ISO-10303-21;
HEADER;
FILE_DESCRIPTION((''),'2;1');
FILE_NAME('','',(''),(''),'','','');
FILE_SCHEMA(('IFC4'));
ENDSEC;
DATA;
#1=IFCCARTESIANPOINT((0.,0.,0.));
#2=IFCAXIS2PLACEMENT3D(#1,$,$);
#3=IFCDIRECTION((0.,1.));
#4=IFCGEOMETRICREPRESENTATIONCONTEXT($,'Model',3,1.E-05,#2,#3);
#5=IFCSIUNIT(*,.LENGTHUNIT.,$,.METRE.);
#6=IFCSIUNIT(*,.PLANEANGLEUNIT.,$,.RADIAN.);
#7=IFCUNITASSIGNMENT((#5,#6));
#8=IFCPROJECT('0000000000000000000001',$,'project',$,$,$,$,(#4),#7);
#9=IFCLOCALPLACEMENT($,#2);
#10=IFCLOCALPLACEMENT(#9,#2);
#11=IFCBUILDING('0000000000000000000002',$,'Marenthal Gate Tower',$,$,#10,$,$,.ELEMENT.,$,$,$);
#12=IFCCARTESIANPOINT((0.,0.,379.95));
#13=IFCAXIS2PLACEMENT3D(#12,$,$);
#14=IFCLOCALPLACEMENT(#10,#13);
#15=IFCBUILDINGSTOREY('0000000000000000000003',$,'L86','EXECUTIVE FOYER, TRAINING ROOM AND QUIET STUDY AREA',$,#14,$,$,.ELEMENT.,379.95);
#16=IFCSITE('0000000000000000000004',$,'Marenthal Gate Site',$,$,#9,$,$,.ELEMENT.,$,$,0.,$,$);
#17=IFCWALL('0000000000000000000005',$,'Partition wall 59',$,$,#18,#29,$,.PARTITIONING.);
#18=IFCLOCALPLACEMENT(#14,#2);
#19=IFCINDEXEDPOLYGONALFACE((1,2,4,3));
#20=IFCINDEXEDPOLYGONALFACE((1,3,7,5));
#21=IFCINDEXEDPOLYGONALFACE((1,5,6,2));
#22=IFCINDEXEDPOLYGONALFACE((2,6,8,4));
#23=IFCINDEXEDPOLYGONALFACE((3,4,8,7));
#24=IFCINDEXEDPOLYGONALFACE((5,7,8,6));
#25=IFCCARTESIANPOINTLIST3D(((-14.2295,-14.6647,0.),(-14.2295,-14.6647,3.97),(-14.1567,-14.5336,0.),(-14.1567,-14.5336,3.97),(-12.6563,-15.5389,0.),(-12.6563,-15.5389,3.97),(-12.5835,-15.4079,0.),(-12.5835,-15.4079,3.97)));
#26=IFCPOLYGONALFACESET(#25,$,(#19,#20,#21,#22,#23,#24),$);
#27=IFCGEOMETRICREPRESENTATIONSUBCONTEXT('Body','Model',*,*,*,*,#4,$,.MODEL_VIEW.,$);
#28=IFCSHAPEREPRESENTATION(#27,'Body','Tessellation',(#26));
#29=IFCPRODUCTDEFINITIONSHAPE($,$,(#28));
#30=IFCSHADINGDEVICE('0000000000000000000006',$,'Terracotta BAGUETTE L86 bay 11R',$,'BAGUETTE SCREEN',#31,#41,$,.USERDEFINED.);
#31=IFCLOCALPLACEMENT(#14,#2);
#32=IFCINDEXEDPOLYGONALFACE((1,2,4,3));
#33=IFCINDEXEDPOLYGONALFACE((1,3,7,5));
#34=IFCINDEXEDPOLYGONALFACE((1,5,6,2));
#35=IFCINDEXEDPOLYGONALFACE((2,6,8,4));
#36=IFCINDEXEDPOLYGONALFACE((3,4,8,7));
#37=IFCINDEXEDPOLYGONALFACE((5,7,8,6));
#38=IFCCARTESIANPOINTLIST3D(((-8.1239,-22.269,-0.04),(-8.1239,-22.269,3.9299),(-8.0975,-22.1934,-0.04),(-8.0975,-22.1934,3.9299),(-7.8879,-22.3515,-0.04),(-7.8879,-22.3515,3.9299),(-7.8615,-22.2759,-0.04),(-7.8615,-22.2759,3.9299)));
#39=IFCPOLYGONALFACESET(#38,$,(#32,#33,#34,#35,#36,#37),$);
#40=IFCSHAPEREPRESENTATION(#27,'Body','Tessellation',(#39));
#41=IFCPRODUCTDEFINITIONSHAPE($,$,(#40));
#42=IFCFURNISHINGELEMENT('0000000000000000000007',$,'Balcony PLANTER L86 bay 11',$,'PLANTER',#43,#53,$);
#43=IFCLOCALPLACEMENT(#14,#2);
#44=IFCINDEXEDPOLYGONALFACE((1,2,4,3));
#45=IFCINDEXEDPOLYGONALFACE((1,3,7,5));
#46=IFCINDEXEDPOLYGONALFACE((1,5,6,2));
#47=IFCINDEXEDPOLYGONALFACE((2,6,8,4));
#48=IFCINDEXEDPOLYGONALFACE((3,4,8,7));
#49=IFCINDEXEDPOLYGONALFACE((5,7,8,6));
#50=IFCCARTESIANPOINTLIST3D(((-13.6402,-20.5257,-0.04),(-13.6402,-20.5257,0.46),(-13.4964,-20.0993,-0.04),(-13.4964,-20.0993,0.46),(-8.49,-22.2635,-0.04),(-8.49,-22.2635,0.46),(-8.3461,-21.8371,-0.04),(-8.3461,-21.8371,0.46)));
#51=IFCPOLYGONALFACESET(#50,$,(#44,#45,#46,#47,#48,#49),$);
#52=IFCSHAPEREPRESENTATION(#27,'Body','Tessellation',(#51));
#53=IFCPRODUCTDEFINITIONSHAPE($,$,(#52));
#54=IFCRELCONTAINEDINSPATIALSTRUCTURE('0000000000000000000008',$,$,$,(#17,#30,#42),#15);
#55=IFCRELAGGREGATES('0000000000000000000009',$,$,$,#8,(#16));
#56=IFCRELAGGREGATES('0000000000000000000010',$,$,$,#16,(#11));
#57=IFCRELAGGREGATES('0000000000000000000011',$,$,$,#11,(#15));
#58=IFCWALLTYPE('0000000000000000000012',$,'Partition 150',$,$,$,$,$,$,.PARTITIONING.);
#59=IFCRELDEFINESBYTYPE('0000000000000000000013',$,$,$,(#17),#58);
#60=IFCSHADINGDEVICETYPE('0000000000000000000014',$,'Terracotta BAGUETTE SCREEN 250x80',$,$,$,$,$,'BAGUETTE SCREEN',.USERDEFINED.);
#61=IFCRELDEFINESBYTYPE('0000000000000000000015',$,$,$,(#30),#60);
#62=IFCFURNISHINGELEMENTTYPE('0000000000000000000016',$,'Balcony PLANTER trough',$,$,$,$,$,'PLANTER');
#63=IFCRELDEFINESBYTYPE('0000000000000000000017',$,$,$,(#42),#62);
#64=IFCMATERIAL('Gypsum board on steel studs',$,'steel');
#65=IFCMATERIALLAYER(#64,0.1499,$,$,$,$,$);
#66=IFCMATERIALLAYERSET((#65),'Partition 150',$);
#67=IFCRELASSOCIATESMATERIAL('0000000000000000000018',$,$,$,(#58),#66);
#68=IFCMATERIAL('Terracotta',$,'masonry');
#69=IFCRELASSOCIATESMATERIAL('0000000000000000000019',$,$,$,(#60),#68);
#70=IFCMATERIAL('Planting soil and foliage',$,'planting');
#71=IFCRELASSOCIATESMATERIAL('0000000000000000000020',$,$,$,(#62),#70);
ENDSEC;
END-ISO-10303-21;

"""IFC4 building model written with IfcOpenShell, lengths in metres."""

from ifc_helpers import new_model, si_unit, direction, frame, frame_2d, origin, origin_2d, place, context, subcontext, project, spatial, rectangle, extrude, material, layer, layer_set, material_profile, profile_set, type_object, element, save


model = new_model("IFC4")

# Units and contexts
model_context = context("Model", 3, precision=1e-05, world=origin(), true_north=direction((0.0, 1.0)))
body_context = subcontext(model_context, "Body", "Model", "MODEL_VIEW")
ifc_project = project(units=[si_unit("LENGTHUNIT", "METRE"), si_unit("PLANEANGLEUNIT", "RADIAN")], contexts=[model_context])

# Site, building, storey
site_placement = place(None, origin())
site = spatial("IfcSite", under=ifc_project, at=site_placement, Name="Marenthal Gate Site", CompositionType="ELEMENT", RefElevation=0.0)
building_placement = place(site_placement, origin())
building = spatial("IfcBuilding", under=site, at=building_placement, Name="Marenthal Gate Tower", CompositionType="ELEMENT")
storey_placement = place(building_placement, frame((0.0, 0.0, 379.95)))
storey = spatial("IfcBuildingStorey", under=building, at=storey_placement, Name="L86", Description="EXECUTIVE FOYER, TRAINING ROOM AND QUIET STUDY AREA", CompositionType="ELEMENT", Elevation=379.95)

# Wall
ifc_material_1 = material(Name="Gypsum board on steel studs", Category="steel")
ifc_layer_1 = layer(ifc_material_1, 0.1499)
ifc_layer_set_1 = layer_set([ifc_layer_1], Name="Partition 150")
wall_type_1 = type_object("IfcWallType", Name="Partition 150", PredefinedType="PARTITIONING", material=ifc_layer_set_1)
wall_1_placement = place(storey_placement, frame((-12.6199, -15.4734, 0.0), z_axis=(0.0, 0.0, 1.0), x_axis=(-0.8741, 0.485747, 0.0)))
element("IfcWall", 1, at=wall_1_placement, inside=storey, type_object=wall_type_1, Name="Partition wall 59", PredefinedType="PARTITIONING", context=body_context, shape_type="SweptSolid", body=[
    extrude(rectangle(XDim=1.7998, YDim=0.1499, at=frame_2d((0.8999, 0.0))), origin(), (0.0, 0.0, 1.0), 3.97),
])

# Shading device
ifc_material_2 = material(Name="Terracotta", Category="masonry")
ifc_material_profile_1 = material_profile(ifc_material_2, rectangle(XDim=0.25, YDim=0.0801, at=origin_2d()), Name="Terracotta baguette 250x80")
ifc_profile_set_1 = profile_set([ifc_material_profile_1], Name="Terracotta")
shading_device_type = type_object("IfcShadingDeviceType", Name="Terracotta BAGUETTE SCREEN 250x80", ElementType="BAGUETTE SCREEN", PredefinedType="USERDEFINED", material=ifc_profile_set_1)
shading_device_placement = place(storey_placement, frame((-7.9927, -22.2725, -0.04), z_axis=(0.0, 0.0, 1.0), x_axis=(0.944082, -0.32971, 0.0)))
element("IfcShadingDevice", 2, at=shading_device_placement, inside=storey, type_object=shading_device_type, Name="Terracotta BAGUETTE L86 bay 11R", ObjectType="BAGUETTE SCREEN", PredefinedType="USERDEFINED", context=body_context, shape_type="SweptSolid", body=[
    extrude(rectangle(XDim=0.25, YDim=0.0801, at=origin_2d()), origin(), (0.0, 0.0, 1.0), 3.97),
])

# Furnishing element
ifc_material_3 = material(Name="Planting soil and foliage", Category="planting")
furnishing_element_type = type_object("IfcFurnishingElementType", Name="Balcony PLANTER trough", ElementType="PLANTER", material=ifc_material_3)
furnishing_placement = place(storey_placement, frame((-10.9932, -21.1814, -0.04), z_axis=(0.0, 0.0, 1.0), x_axis=(0.947516, -0.319708, 0.0)))
element("IfcFurnishingElement", 3, at=furnishing_placement, inside=storey, type_object=furnishing_element_type, Name="Balcony PLANTER L86 bay 11", ObjectType="PLANTER", context=body_context, shape_type="SweptSolid", body=[
    extrude(rectangle(XDim=5.4355, YDim=0.45, at=origin_2d()), origin(), (0.0, 0.0, 1.0), 0.5),
])

save(model, "model.ifc")
